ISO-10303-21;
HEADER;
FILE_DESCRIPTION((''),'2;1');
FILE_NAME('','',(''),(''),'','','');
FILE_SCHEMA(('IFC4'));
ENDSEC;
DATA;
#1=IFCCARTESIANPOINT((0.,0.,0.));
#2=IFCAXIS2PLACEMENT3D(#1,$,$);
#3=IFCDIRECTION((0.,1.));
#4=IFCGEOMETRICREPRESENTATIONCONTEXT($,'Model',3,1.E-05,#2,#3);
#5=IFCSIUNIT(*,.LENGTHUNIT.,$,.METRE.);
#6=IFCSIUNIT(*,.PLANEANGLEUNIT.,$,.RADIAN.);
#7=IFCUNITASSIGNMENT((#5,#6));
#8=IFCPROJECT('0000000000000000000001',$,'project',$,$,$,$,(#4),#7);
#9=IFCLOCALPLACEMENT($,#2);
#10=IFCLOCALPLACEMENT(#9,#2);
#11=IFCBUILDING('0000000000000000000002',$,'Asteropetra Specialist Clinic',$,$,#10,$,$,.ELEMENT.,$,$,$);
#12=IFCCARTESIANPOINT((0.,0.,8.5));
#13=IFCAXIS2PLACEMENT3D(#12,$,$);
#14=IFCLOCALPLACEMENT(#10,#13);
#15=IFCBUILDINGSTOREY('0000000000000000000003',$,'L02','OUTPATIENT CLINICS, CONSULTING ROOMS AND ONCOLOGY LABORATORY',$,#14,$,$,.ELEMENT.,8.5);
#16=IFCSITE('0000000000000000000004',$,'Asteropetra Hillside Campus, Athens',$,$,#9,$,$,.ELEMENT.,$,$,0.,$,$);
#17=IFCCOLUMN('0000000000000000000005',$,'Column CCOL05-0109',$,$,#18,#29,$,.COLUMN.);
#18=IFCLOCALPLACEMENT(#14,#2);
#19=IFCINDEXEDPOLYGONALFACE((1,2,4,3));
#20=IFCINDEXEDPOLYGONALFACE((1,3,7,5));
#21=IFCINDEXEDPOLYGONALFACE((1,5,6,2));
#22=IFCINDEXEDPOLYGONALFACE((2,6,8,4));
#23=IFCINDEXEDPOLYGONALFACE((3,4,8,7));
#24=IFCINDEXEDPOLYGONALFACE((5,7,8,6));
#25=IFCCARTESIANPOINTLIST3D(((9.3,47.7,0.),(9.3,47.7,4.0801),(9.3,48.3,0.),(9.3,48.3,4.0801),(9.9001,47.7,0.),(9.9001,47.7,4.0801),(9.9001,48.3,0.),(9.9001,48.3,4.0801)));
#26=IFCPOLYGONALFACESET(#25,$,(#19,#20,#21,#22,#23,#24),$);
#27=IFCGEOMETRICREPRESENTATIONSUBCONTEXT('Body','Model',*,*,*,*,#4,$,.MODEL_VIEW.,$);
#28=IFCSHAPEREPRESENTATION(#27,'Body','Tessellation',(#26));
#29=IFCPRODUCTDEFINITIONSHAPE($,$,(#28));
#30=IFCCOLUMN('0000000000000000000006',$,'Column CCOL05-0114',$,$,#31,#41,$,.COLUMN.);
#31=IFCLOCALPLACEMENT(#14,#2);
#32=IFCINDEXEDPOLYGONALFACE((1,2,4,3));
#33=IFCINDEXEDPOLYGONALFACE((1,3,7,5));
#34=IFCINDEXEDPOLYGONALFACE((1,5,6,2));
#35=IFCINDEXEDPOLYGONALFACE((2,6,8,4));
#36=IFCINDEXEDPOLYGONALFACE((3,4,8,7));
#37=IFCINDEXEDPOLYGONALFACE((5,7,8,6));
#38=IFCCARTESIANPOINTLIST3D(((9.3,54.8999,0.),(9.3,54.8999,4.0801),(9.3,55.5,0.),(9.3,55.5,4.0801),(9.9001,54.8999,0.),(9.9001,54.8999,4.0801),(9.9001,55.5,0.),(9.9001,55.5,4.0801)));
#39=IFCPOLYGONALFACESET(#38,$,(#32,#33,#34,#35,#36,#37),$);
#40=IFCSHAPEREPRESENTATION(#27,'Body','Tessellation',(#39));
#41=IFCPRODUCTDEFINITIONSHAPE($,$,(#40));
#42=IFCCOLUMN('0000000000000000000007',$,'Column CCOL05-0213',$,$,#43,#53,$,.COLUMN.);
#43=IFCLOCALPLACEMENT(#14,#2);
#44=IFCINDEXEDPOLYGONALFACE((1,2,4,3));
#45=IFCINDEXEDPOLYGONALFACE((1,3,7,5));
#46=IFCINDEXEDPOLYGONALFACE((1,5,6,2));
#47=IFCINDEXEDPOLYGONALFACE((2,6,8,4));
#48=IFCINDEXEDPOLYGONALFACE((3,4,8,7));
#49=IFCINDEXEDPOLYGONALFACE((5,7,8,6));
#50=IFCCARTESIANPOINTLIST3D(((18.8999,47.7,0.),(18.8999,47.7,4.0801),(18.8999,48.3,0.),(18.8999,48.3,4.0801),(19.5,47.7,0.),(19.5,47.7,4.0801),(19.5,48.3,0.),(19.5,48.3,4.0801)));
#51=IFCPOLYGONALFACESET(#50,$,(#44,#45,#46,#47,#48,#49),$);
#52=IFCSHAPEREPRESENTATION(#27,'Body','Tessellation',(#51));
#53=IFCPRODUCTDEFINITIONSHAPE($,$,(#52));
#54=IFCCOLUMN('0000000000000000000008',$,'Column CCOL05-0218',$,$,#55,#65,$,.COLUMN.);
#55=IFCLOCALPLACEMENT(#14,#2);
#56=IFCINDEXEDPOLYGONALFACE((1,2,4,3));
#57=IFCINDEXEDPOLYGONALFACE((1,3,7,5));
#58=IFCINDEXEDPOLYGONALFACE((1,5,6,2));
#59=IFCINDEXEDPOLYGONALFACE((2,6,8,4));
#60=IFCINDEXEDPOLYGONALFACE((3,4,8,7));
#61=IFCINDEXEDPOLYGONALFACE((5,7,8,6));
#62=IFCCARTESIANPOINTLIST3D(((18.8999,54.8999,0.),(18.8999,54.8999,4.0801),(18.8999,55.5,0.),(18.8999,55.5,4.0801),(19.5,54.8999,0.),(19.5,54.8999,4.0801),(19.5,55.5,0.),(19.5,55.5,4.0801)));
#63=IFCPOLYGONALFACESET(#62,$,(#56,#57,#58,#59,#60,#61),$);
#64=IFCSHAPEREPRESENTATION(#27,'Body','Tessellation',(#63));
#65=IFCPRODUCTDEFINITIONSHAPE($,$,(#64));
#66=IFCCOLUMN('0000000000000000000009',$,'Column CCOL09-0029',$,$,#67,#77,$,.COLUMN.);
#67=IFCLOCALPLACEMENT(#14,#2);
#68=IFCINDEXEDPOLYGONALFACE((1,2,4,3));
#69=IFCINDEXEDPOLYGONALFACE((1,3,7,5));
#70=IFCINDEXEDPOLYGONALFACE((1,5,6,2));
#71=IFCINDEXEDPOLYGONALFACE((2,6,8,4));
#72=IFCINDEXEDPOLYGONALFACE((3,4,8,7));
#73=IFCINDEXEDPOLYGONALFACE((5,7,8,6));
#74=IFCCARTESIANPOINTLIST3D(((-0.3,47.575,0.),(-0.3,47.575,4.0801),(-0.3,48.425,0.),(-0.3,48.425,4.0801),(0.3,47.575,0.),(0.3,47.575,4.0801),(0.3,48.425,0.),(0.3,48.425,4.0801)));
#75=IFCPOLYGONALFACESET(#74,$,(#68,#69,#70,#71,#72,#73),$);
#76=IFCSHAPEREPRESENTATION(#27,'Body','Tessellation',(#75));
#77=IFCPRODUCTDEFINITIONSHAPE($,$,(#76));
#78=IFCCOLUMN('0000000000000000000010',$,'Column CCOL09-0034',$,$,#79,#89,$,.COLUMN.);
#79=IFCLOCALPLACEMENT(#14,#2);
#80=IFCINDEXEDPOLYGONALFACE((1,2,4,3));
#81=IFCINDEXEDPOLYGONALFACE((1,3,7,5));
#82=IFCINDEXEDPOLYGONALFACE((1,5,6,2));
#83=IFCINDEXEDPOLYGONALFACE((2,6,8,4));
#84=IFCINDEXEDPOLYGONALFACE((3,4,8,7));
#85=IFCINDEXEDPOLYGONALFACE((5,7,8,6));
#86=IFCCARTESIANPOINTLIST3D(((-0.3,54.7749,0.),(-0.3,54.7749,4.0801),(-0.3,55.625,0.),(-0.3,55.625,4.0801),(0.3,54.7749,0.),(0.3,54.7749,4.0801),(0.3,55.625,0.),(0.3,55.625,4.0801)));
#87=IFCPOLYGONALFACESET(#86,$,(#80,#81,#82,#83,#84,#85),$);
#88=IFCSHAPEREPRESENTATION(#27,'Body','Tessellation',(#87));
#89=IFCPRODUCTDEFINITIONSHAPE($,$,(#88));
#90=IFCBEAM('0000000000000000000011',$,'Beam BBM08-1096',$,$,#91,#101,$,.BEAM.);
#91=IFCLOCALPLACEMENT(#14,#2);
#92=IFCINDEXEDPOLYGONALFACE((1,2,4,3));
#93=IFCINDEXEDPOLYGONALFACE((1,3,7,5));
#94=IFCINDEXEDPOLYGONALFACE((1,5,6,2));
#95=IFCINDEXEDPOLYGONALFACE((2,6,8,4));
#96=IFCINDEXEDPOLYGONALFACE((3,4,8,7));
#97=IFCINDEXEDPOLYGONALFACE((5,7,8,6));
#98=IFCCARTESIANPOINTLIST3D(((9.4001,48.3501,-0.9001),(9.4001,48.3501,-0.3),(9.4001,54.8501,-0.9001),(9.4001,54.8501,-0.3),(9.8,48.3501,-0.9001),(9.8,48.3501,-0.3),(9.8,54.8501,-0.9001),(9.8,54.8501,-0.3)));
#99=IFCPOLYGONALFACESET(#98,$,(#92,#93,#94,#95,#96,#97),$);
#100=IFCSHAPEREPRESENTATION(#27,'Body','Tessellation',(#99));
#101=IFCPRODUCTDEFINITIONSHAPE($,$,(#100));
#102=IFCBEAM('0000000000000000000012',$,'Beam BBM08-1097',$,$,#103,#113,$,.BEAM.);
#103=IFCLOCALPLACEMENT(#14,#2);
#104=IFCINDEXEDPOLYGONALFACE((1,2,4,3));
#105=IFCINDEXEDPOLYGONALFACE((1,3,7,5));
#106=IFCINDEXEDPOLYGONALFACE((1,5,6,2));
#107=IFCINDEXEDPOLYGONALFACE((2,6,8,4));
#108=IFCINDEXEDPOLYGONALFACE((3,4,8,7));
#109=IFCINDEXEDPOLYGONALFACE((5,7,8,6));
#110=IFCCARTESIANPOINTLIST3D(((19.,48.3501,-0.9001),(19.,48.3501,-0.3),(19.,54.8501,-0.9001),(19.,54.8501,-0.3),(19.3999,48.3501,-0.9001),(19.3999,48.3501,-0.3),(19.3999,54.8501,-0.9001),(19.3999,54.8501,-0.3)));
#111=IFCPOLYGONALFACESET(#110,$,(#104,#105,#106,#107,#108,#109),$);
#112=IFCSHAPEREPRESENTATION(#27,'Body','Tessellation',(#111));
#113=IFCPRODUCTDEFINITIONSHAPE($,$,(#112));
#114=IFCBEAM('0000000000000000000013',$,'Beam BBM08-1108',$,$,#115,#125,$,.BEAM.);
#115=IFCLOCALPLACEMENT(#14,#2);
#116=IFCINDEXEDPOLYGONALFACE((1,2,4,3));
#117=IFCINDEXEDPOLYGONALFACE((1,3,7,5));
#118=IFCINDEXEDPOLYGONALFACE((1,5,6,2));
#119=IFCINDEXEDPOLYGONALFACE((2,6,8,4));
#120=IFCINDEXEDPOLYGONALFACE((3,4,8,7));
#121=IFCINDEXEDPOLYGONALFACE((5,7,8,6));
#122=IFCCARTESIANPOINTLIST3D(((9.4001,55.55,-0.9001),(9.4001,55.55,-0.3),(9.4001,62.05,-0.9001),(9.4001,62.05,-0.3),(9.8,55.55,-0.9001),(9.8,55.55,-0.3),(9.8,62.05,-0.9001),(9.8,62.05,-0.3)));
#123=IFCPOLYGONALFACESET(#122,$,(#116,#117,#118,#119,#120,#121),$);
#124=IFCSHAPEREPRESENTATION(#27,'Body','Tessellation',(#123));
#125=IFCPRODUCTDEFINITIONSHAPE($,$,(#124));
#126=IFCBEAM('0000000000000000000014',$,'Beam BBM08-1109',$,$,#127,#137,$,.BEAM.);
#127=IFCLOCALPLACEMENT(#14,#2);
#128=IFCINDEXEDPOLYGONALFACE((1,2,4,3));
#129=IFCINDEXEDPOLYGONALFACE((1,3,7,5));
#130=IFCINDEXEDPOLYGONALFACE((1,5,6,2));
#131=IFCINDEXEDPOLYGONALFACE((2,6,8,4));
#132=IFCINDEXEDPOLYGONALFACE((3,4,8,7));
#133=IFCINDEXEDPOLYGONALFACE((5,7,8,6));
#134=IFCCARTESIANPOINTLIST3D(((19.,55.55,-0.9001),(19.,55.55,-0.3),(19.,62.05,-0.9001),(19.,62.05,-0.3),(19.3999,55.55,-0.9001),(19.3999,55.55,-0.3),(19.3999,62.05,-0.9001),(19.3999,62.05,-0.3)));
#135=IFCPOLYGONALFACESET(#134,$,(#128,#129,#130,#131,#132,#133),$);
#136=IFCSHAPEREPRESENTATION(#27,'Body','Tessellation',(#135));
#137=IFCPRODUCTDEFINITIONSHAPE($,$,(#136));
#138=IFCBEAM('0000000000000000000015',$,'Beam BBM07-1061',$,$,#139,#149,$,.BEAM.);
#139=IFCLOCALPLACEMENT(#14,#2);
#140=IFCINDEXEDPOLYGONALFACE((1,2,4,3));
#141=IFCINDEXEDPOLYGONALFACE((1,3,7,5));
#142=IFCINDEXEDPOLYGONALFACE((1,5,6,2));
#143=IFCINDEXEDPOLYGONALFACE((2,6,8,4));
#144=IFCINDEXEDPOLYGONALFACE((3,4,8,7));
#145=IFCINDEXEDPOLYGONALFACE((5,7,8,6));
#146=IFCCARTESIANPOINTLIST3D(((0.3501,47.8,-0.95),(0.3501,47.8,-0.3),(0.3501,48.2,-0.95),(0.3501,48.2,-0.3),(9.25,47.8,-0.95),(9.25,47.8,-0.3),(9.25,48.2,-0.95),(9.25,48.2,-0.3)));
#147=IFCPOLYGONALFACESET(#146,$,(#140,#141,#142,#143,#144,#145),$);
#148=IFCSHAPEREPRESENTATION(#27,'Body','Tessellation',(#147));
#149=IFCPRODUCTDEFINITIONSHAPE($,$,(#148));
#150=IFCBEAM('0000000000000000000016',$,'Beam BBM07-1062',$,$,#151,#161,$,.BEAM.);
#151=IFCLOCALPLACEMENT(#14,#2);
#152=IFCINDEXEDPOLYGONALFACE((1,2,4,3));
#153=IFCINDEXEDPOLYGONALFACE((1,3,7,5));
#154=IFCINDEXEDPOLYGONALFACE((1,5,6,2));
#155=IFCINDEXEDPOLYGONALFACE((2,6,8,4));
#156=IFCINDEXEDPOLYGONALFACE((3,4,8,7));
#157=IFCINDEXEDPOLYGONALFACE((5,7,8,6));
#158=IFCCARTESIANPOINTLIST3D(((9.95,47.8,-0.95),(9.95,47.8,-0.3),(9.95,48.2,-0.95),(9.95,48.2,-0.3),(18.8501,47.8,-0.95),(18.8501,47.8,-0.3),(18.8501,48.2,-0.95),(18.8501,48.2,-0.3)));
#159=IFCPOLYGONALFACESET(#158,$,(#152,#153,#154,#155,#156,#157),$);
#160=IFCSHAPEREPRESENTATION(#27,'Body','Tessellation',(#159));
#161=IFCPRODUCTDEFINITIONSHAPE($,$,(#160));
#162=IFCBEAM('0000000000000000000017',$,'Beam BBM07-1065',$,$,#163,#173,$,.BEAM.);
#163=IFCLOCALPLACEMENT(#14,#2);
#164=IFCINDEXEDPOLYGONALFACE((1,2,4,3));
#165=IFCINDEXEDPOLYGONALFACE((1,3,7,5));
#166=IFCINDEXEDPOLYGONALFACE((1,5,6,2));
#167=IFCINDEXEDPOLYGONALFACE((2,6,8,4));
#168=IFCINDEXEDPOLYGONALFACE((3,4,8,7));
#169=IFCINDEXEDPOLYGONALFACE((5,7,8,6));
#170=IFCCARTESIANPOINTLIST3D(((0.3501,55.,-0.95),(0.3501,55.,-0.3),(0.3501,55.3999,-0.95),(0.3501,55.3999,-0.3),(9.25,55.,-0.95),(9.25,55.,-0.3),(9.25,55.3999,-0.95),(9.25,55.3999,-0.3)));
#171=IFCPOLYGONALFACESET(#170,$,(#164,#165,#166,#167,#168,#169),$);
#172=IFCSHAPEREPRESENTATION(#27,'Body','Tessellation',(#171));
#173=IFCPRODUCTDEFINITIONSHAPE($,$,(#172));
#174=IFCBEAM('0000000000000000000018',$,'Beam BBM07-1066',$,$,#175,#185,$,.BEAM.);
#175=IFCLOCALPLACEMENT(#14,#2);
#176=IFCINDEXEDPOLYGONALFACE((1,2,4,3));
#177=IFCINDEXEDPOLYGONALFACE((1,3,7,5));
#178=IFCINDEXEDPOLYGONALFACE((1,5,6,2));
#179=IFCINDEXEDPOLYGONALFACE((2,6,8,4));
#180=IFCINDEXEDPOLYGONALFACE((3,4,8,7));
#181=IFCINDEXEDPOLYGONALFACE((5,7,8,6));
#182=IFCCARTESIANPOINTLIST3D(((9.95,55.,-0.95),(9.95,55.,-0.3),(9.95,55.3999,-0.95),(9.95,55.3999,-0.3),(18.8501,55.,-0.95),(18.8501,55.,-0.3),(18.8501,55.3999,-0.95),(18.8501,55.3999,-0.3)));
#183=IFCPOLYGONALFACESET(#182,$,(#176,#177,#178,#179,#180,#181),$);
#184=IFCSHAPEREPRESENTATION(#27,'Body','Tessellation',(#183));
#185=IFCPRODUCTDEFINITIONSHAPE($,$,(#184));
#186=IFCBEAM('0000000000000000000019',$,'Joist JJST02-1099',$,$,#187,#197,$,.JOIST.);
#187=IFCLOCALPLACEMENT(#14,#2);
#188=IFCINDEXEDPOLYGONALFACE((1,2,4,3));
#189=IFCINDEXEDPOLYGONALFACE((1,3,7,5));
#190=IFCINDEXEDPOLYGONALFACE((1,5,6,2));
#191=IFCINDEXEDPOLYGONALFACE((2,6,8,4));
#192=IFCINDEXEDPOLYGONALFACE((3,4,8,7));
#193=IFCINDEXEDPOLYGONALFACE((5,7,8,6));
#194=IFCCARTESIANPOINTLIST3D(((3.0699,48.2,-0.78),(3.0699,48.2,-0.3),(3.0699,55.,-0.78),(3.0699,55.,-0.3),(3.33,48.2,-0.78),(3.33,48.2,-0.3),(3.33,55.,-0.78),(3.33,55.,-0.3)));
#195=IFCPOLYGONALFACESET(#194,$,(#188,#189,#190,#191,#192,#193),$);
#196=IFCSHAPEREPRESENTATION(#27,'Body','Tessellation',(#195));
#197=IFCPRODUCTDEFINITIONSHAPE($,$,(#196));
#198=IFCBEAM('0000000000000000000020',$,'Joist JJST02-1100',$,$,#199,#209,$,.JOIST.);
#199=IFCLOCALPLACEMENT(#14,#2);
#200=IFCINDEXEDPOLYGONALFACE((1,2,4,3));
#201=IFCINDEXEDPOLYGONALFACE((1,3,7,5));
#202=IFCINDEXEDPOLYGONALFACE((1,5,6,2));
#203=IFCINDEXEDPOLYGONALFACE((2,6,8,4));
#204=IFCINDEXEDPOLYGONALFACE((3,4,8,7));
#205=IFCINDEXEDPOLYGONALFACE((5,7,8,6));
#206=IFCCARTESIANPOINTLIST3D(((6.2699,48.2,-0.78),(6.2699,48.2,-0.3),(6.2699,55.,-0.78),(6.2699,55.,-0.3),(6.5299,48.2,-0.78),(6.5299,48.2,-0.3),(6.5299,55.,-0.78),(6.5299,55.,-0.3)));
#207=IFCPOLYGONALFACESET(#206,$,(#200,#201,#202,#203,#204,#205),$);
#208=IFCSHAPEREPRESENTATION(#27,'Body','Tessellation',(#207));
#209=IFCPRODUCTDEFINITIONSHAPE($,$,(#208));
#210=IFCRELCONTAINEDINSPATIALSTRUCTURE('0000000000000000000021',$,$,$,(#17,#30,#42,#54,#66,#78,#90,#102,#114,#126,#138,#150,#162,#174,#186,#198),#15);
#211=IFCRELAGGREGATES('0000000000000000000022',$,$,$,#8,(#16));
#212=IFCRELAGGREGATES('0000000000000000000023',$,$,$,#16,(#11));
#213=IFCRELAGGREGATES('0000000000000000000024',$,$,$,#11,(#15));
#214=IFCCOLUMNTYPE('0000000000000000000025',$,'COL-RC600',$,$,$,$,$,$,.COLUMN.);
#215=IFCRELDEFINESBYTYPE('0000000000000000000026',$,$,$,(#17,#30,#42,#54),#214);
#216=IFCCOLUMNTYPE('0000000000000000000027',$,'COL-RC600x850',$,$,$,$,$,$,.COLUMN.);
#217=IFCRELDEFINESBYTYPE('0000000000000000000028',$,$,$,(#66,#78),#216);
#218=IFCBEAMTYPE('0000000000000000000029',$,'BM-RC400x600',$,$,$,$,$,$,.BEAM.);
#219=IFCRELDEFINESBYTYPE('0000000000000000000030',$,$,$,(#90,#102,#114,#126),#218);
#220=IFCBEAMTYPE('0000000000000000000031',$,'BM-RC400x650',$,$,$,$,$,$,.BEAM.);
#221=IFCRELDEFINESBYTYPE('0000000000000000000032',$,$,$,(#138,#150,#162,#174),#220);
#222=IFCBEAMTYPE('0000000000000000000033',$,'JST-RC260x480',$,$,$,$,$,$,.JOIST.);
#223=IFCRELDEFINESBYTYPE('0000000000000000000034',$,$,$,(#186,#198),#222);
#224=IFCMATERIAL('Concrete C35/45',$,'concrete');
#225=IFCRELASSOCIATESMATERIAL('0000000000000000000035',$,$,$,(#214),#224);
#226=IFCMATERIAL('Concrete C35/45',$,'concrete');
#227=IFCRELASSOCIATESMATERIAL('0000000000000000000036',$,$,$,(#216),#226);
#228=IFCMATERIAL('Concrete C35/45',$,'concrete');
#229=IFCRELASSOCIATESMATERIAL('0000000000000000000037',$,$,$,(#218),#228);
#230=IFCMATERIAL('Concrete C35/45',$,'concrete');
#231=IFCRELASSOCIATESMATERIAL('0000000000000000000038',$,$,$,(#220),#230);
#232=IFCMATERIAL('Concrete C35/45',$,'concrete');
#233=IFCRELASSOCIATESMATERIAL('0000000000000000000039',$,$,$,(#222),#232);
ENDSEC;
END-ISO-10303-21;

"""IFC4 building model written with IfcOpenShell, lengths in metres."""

from ifc_helpers import new_model, si_unit, direction, frame, origin, origin_2d, place, context, subcontext, project, spatial, rectangle, extrude, material, material_profile, profile_set, type_object, element, save


model = new_model("IFC4")

# Units and contexts
model_context = context("Model", 3, precision=1e-05, world=origin(), true_north=direction((0.0, 1.0)))
body_context = subcontext(model_context, "Body", "Model", "MODEL_VIEW")
ifc_project = project(units=[si_unit("LENGTHUNIT", "METRE"), si_unit("PLANEANGLEUNIT", "RADIAN")], contexts=[model_context])

# Site, building, storey
site_placement = place(None, origin())
site = spatial("IfcSite", under=ifc_project, at=site_placement, Name="Asteropetra Hillside Campus, Athens", CompositionType="ELEMENT", RefElevation=0.0)
building_placement = place(site_placement, origin())
building = spatial("IfcBuilding", under=site, at=building_placement, Name="Asteropetra Specialist Clinic", CompositionType="ELEMENT")
storey_placement = place(building_placement, frame((0.0, 0.0, 8.5)))
storey = spatial("IfcBuildingStorey", under=building, at=storey_placement, Name="L02", Description="OUTPATIENT CLINICS, CONSULTING ROOMS AND ONCOLOGY LABORATORY", CompositionType="ELEMENT", Elevation=8.5)

# Columns
ifc_material_1 = material(Name="Concrete C35/45", Category="concrete")
ifc_material_profile_1 = material_profile(ifc_material_1, rectangle(XDim=0.6001, YDim=0.6001, at=origin_2d()), Name="RC 600x600")
ifc_profile_set_1 = profile_set([ifc_material_profile_1], Name="Concrete C35/45")
column_type_1 = type_object("IfcColumnType", Name="COL-RC600", PredefinedType="COLUMN", material=ifc_profile_set_1)
for number, where, z_axis, x_axis, name in (
    (1, (9.6001, 48.0, 0.0), (0.0, 0.0, 1.0), (1.0, 0.0, 0.0), "Column CCOL05-0109"),
    (2, (9.6001, 55.2, 0.0), (0.0, 0.0, 1.0), (1.0, 0.0, 0.0), "Column CCOL05-0114"),
    (3, (19.2, 48.0, 0.0), (0.0, 0.0, 1.0), (1.0, 0.0, 0.0), "Column CCOL05-0213"),
    (4, (19.2, 55.2, 0.0), (0.0, 0.0, 1.0), (1.0, 0.0, 0.0), "Column CCOL05-0218"),
):
    element("IfcColumn", number, at=place(storey_placement, frame(where, z_axis=z_axis, x_axis=x_axis)), inside=storey, type_object=column_type_1, Name=name, PredefinedType="COLUMN", context=body_context, shape_type="SweptSolid", body=[
        extrude(rectangle(XDim=0.6001, YDim=0.6001, at=origin_2d()), origin(), (0.0, 0.0, 1.0), 4.0801),
    ])
ifc_material_2 = material(Name="Concrete C35/45", Category="concrete")
ifc_material_profile_2 = material_profile(ifc_material_2, rectangle(XDim=0.6001, YDim=0.8501, at=origin_2d()), Name="RC 600x850")
ifc_profile_set_2 = profile_set([ifc_material_profile_2], Name="Concrete C35/45")
column_type_2 = type_object("IfcColumnType", Name="COL-RC600x850", PredefinedType="COLUMN", material=ifc_profile_set_2)
for number, where, z_axis, x_axis, name in (
    (5, (0.0, 48.0, 0.0), (0.0, 0.0, 1.0), (1.0, 0.0, 0.0), "Column CCOL09-0029"),
    (6, (0.0, 55.2, 0.0), (0.0, 0.0, 1.0), (1.0, 0.0, 0.0), "Column CCOL09-0034"),
):
    element("IfcColumn", number, at=place(storey_placement, frame(where, z_axis=z_axis, x_axis=x_axis)), inside=storey, type_object=column_type_2, Name=name, PredefinedType="COLUMN", context=body_context, shape_type="SweptSolid", body=[
        extrude(rectangle(XDim=0.6001, YDim=0.8501, at=origin_2d()), origin(), (0.0, 0.0, 1.0), 4.0801),
    ])

# Beams
ifc_material_3 = material(Name="Concrete C35/45", Category="concrete")
ifc_material_profile_3 = material_profile(ifc_material_3, rectangle(XDim=0.3999, YDim=0.6001, at=origin_2d()), Name="RCB 400x600")
ifc_profile_set_3 = profile_set([ifc_material_profile_3], Name="Concrete C35/45")
beam_type_1 = type_object("IfcBeamType", Name="BM-RC400x600", PredefinedType="BEAM", material=ifc_profile_set_3)
for number, where, z_axis, x_axis, name in (
    (7, (9.6001, 48.3501, -0.6001), (0.0, 1.0, 0.0), (-1.0, 0.0, 0.0), "Beam BBM08-1096"),
    (8, (19.2, 48.3501, -0.6001), (0.0, 1.0, 0.0), (-1.0, 0.0, 0.0), "Beam BBM08-1097"),
    (9, (9.6001, 55.55, -0.6001), (0.0, 1.0, 0.0), (-1.0, 0.0, 0.0), "Beam BBM08-1108"),
    (10, (19.2, 55.55, -0.6001), (0.0, 1.0, 0.0), (-1.0, 0.0, 0.0), "Beam BBM08-1109"),
):
    element("IfcBeam", number, at=place(storey_placement, frame(where, z_axis=z_axis, x_axis=x_axis)), inside=storey, type_object=beam_type_1, Name=name, PredefinedType="BEAM", context=body_context, shape_type="SweptSolid", body=[
        extrude(rectangle(XDim=0.3999, YDim=0.6001, at=origin_2d()), origin(), (0.0, 0.0, 1.0), 6.5),
    ])
ifc_material_4 = material(Name="Concrete C35/45", Category="concrete")
ifc_material_profile_4 = material_profile(ifc_material_4, rectangle(XDim=0.3999, YDim=0.6499, at=origin_2d()), Name="RCB 400x650")
ifc_profile_set_4 = profile_set([ifc_material_profile_4], Name="Concrete C35/45")
beam_type_2 = type_object("IfcBeamType", Name="BM-RC400x650", PredefinedType="BEAM", material=ifc_profile_set_4)
beam_1_placement = place(storey_placement, frame((0.3501, 48.0, -0.625), z_axis=(1.0, 0.0, 0.0), x_axis=(0.0, 1.0, 0.0)))
element("IfcBeam", 11, at=beam_1_placement, inside=storey, type_object=beam_type_2, Name="Beam BBM07-1061", PredefinedType="BEAM", context=body_context, shape_type="SweptSolid", body=[
    extrude(rectangle(XDim=0.3999, YDim=0.6499, at=origin_2d()), origin(), (0.0, 0.0, 1.0), 8.8999),
])
beam_2_placement = place(storey_placement, frame((9.95, 48.0, -0.625), z_axis=(1.0, 0.0, 0.0), x_axis=(0.0, 1.0, 0.0)))
element("IfcBeam", 12, at=beam_2_placement, inside=storey, type_object=beam_type_2, Name="Beam BBM07-1062", PredefinedType="BEAM", context=body_context, shape_type="SweptSolid", body=[
    extrude(rectangle(XDim=0.3999, YDim=0.6499, at=origin_2d()), origin(), (0.0, 0.0, 1.0), 8.9001),
])
beam_3_placement = place(storey_placement, frame((0.3501, 55.2, -0.625), z_axis=(1.0, 0.0, 0.0), x_axis=(0.0, 1.0, 0.0)))
element("IfcBeam", 13, at=beam_3_placement, inside=storey, type_object=beam_type_2, Name="Beam BBM07-1065", PredefinedType="BEAM", context=body_context, shape_type="SweptSolid", body=[
    extrude(rectangle(XDim=0.3999, YDim=0.6499, at=origin_2d()), origin(), (0.0, 0.0, 1.0), 8.8999),
])
beam_4_placement = place(storey_placement, frame((9.95, 55.2, -0.625), z_axis=(1.0, 0.0, 0.0), x_axis=(0.0, 1.0, 0.0)))
element("IfcBeam", 14, at=beam_4_placement, inside=storey, type_object=beam_type_2, Name="Beam BBM07-1066", PredefinedType="BEAM", context=body_context, shape_type="SweptSolid", body=[
    extrude(rectangle(XDim=0.3999, YDim=0.6499, at=origin_2d()), origin(), (0.0, 0.0, 1.0), 8.9001),
])
ifc_material_5 = material(Name="Concrete C35/45", Category="concrete")
ifc_material_profile_5 = material_profile(ifc_material_5, rectangle(XDim=0.26, YDim=0.48, at=origin_2d()), Name="RCJ 260x480")
ifc_profile_set_5 = profile_set([ifc_material_profile_5], Name="Concrete C35/45")
beam_type_3 = type_object("IfcBeamType", Name="JST-RC260x480", PredefinedType="JOIST", material=ifc_profile_set_5)
for number, where, z_axis, x_axis, name in (
    (15, (3.2, 48.2, -0.54), (0.0, 1.0, 0.0), (-1.0, 0.0, 0.0), "Joist JJST02-1099"),
    (16, (6.3999, 48.2, -0.54), (0.0, 1.0, 0.0), (-1.0, 0.0, 0.0), "Joist JJST02-1100"),
):
    element("IfcBeam", number, at=place(storey_placement, frame(where, z_axis=z_axis, x_axis=x_axis)), inside=storey, type_object=beam_type_3, Name=name, PredefinedType="JOIST", context=body_context, shape_type="SweptSolid", body=[
        extrude(rectangle(XDim=0.26, YDim=0.48, at=origin_2d()), origin(), (0.0, 0.0, 1.0), 6.8),
    ])

save(model, "model.ifc")
